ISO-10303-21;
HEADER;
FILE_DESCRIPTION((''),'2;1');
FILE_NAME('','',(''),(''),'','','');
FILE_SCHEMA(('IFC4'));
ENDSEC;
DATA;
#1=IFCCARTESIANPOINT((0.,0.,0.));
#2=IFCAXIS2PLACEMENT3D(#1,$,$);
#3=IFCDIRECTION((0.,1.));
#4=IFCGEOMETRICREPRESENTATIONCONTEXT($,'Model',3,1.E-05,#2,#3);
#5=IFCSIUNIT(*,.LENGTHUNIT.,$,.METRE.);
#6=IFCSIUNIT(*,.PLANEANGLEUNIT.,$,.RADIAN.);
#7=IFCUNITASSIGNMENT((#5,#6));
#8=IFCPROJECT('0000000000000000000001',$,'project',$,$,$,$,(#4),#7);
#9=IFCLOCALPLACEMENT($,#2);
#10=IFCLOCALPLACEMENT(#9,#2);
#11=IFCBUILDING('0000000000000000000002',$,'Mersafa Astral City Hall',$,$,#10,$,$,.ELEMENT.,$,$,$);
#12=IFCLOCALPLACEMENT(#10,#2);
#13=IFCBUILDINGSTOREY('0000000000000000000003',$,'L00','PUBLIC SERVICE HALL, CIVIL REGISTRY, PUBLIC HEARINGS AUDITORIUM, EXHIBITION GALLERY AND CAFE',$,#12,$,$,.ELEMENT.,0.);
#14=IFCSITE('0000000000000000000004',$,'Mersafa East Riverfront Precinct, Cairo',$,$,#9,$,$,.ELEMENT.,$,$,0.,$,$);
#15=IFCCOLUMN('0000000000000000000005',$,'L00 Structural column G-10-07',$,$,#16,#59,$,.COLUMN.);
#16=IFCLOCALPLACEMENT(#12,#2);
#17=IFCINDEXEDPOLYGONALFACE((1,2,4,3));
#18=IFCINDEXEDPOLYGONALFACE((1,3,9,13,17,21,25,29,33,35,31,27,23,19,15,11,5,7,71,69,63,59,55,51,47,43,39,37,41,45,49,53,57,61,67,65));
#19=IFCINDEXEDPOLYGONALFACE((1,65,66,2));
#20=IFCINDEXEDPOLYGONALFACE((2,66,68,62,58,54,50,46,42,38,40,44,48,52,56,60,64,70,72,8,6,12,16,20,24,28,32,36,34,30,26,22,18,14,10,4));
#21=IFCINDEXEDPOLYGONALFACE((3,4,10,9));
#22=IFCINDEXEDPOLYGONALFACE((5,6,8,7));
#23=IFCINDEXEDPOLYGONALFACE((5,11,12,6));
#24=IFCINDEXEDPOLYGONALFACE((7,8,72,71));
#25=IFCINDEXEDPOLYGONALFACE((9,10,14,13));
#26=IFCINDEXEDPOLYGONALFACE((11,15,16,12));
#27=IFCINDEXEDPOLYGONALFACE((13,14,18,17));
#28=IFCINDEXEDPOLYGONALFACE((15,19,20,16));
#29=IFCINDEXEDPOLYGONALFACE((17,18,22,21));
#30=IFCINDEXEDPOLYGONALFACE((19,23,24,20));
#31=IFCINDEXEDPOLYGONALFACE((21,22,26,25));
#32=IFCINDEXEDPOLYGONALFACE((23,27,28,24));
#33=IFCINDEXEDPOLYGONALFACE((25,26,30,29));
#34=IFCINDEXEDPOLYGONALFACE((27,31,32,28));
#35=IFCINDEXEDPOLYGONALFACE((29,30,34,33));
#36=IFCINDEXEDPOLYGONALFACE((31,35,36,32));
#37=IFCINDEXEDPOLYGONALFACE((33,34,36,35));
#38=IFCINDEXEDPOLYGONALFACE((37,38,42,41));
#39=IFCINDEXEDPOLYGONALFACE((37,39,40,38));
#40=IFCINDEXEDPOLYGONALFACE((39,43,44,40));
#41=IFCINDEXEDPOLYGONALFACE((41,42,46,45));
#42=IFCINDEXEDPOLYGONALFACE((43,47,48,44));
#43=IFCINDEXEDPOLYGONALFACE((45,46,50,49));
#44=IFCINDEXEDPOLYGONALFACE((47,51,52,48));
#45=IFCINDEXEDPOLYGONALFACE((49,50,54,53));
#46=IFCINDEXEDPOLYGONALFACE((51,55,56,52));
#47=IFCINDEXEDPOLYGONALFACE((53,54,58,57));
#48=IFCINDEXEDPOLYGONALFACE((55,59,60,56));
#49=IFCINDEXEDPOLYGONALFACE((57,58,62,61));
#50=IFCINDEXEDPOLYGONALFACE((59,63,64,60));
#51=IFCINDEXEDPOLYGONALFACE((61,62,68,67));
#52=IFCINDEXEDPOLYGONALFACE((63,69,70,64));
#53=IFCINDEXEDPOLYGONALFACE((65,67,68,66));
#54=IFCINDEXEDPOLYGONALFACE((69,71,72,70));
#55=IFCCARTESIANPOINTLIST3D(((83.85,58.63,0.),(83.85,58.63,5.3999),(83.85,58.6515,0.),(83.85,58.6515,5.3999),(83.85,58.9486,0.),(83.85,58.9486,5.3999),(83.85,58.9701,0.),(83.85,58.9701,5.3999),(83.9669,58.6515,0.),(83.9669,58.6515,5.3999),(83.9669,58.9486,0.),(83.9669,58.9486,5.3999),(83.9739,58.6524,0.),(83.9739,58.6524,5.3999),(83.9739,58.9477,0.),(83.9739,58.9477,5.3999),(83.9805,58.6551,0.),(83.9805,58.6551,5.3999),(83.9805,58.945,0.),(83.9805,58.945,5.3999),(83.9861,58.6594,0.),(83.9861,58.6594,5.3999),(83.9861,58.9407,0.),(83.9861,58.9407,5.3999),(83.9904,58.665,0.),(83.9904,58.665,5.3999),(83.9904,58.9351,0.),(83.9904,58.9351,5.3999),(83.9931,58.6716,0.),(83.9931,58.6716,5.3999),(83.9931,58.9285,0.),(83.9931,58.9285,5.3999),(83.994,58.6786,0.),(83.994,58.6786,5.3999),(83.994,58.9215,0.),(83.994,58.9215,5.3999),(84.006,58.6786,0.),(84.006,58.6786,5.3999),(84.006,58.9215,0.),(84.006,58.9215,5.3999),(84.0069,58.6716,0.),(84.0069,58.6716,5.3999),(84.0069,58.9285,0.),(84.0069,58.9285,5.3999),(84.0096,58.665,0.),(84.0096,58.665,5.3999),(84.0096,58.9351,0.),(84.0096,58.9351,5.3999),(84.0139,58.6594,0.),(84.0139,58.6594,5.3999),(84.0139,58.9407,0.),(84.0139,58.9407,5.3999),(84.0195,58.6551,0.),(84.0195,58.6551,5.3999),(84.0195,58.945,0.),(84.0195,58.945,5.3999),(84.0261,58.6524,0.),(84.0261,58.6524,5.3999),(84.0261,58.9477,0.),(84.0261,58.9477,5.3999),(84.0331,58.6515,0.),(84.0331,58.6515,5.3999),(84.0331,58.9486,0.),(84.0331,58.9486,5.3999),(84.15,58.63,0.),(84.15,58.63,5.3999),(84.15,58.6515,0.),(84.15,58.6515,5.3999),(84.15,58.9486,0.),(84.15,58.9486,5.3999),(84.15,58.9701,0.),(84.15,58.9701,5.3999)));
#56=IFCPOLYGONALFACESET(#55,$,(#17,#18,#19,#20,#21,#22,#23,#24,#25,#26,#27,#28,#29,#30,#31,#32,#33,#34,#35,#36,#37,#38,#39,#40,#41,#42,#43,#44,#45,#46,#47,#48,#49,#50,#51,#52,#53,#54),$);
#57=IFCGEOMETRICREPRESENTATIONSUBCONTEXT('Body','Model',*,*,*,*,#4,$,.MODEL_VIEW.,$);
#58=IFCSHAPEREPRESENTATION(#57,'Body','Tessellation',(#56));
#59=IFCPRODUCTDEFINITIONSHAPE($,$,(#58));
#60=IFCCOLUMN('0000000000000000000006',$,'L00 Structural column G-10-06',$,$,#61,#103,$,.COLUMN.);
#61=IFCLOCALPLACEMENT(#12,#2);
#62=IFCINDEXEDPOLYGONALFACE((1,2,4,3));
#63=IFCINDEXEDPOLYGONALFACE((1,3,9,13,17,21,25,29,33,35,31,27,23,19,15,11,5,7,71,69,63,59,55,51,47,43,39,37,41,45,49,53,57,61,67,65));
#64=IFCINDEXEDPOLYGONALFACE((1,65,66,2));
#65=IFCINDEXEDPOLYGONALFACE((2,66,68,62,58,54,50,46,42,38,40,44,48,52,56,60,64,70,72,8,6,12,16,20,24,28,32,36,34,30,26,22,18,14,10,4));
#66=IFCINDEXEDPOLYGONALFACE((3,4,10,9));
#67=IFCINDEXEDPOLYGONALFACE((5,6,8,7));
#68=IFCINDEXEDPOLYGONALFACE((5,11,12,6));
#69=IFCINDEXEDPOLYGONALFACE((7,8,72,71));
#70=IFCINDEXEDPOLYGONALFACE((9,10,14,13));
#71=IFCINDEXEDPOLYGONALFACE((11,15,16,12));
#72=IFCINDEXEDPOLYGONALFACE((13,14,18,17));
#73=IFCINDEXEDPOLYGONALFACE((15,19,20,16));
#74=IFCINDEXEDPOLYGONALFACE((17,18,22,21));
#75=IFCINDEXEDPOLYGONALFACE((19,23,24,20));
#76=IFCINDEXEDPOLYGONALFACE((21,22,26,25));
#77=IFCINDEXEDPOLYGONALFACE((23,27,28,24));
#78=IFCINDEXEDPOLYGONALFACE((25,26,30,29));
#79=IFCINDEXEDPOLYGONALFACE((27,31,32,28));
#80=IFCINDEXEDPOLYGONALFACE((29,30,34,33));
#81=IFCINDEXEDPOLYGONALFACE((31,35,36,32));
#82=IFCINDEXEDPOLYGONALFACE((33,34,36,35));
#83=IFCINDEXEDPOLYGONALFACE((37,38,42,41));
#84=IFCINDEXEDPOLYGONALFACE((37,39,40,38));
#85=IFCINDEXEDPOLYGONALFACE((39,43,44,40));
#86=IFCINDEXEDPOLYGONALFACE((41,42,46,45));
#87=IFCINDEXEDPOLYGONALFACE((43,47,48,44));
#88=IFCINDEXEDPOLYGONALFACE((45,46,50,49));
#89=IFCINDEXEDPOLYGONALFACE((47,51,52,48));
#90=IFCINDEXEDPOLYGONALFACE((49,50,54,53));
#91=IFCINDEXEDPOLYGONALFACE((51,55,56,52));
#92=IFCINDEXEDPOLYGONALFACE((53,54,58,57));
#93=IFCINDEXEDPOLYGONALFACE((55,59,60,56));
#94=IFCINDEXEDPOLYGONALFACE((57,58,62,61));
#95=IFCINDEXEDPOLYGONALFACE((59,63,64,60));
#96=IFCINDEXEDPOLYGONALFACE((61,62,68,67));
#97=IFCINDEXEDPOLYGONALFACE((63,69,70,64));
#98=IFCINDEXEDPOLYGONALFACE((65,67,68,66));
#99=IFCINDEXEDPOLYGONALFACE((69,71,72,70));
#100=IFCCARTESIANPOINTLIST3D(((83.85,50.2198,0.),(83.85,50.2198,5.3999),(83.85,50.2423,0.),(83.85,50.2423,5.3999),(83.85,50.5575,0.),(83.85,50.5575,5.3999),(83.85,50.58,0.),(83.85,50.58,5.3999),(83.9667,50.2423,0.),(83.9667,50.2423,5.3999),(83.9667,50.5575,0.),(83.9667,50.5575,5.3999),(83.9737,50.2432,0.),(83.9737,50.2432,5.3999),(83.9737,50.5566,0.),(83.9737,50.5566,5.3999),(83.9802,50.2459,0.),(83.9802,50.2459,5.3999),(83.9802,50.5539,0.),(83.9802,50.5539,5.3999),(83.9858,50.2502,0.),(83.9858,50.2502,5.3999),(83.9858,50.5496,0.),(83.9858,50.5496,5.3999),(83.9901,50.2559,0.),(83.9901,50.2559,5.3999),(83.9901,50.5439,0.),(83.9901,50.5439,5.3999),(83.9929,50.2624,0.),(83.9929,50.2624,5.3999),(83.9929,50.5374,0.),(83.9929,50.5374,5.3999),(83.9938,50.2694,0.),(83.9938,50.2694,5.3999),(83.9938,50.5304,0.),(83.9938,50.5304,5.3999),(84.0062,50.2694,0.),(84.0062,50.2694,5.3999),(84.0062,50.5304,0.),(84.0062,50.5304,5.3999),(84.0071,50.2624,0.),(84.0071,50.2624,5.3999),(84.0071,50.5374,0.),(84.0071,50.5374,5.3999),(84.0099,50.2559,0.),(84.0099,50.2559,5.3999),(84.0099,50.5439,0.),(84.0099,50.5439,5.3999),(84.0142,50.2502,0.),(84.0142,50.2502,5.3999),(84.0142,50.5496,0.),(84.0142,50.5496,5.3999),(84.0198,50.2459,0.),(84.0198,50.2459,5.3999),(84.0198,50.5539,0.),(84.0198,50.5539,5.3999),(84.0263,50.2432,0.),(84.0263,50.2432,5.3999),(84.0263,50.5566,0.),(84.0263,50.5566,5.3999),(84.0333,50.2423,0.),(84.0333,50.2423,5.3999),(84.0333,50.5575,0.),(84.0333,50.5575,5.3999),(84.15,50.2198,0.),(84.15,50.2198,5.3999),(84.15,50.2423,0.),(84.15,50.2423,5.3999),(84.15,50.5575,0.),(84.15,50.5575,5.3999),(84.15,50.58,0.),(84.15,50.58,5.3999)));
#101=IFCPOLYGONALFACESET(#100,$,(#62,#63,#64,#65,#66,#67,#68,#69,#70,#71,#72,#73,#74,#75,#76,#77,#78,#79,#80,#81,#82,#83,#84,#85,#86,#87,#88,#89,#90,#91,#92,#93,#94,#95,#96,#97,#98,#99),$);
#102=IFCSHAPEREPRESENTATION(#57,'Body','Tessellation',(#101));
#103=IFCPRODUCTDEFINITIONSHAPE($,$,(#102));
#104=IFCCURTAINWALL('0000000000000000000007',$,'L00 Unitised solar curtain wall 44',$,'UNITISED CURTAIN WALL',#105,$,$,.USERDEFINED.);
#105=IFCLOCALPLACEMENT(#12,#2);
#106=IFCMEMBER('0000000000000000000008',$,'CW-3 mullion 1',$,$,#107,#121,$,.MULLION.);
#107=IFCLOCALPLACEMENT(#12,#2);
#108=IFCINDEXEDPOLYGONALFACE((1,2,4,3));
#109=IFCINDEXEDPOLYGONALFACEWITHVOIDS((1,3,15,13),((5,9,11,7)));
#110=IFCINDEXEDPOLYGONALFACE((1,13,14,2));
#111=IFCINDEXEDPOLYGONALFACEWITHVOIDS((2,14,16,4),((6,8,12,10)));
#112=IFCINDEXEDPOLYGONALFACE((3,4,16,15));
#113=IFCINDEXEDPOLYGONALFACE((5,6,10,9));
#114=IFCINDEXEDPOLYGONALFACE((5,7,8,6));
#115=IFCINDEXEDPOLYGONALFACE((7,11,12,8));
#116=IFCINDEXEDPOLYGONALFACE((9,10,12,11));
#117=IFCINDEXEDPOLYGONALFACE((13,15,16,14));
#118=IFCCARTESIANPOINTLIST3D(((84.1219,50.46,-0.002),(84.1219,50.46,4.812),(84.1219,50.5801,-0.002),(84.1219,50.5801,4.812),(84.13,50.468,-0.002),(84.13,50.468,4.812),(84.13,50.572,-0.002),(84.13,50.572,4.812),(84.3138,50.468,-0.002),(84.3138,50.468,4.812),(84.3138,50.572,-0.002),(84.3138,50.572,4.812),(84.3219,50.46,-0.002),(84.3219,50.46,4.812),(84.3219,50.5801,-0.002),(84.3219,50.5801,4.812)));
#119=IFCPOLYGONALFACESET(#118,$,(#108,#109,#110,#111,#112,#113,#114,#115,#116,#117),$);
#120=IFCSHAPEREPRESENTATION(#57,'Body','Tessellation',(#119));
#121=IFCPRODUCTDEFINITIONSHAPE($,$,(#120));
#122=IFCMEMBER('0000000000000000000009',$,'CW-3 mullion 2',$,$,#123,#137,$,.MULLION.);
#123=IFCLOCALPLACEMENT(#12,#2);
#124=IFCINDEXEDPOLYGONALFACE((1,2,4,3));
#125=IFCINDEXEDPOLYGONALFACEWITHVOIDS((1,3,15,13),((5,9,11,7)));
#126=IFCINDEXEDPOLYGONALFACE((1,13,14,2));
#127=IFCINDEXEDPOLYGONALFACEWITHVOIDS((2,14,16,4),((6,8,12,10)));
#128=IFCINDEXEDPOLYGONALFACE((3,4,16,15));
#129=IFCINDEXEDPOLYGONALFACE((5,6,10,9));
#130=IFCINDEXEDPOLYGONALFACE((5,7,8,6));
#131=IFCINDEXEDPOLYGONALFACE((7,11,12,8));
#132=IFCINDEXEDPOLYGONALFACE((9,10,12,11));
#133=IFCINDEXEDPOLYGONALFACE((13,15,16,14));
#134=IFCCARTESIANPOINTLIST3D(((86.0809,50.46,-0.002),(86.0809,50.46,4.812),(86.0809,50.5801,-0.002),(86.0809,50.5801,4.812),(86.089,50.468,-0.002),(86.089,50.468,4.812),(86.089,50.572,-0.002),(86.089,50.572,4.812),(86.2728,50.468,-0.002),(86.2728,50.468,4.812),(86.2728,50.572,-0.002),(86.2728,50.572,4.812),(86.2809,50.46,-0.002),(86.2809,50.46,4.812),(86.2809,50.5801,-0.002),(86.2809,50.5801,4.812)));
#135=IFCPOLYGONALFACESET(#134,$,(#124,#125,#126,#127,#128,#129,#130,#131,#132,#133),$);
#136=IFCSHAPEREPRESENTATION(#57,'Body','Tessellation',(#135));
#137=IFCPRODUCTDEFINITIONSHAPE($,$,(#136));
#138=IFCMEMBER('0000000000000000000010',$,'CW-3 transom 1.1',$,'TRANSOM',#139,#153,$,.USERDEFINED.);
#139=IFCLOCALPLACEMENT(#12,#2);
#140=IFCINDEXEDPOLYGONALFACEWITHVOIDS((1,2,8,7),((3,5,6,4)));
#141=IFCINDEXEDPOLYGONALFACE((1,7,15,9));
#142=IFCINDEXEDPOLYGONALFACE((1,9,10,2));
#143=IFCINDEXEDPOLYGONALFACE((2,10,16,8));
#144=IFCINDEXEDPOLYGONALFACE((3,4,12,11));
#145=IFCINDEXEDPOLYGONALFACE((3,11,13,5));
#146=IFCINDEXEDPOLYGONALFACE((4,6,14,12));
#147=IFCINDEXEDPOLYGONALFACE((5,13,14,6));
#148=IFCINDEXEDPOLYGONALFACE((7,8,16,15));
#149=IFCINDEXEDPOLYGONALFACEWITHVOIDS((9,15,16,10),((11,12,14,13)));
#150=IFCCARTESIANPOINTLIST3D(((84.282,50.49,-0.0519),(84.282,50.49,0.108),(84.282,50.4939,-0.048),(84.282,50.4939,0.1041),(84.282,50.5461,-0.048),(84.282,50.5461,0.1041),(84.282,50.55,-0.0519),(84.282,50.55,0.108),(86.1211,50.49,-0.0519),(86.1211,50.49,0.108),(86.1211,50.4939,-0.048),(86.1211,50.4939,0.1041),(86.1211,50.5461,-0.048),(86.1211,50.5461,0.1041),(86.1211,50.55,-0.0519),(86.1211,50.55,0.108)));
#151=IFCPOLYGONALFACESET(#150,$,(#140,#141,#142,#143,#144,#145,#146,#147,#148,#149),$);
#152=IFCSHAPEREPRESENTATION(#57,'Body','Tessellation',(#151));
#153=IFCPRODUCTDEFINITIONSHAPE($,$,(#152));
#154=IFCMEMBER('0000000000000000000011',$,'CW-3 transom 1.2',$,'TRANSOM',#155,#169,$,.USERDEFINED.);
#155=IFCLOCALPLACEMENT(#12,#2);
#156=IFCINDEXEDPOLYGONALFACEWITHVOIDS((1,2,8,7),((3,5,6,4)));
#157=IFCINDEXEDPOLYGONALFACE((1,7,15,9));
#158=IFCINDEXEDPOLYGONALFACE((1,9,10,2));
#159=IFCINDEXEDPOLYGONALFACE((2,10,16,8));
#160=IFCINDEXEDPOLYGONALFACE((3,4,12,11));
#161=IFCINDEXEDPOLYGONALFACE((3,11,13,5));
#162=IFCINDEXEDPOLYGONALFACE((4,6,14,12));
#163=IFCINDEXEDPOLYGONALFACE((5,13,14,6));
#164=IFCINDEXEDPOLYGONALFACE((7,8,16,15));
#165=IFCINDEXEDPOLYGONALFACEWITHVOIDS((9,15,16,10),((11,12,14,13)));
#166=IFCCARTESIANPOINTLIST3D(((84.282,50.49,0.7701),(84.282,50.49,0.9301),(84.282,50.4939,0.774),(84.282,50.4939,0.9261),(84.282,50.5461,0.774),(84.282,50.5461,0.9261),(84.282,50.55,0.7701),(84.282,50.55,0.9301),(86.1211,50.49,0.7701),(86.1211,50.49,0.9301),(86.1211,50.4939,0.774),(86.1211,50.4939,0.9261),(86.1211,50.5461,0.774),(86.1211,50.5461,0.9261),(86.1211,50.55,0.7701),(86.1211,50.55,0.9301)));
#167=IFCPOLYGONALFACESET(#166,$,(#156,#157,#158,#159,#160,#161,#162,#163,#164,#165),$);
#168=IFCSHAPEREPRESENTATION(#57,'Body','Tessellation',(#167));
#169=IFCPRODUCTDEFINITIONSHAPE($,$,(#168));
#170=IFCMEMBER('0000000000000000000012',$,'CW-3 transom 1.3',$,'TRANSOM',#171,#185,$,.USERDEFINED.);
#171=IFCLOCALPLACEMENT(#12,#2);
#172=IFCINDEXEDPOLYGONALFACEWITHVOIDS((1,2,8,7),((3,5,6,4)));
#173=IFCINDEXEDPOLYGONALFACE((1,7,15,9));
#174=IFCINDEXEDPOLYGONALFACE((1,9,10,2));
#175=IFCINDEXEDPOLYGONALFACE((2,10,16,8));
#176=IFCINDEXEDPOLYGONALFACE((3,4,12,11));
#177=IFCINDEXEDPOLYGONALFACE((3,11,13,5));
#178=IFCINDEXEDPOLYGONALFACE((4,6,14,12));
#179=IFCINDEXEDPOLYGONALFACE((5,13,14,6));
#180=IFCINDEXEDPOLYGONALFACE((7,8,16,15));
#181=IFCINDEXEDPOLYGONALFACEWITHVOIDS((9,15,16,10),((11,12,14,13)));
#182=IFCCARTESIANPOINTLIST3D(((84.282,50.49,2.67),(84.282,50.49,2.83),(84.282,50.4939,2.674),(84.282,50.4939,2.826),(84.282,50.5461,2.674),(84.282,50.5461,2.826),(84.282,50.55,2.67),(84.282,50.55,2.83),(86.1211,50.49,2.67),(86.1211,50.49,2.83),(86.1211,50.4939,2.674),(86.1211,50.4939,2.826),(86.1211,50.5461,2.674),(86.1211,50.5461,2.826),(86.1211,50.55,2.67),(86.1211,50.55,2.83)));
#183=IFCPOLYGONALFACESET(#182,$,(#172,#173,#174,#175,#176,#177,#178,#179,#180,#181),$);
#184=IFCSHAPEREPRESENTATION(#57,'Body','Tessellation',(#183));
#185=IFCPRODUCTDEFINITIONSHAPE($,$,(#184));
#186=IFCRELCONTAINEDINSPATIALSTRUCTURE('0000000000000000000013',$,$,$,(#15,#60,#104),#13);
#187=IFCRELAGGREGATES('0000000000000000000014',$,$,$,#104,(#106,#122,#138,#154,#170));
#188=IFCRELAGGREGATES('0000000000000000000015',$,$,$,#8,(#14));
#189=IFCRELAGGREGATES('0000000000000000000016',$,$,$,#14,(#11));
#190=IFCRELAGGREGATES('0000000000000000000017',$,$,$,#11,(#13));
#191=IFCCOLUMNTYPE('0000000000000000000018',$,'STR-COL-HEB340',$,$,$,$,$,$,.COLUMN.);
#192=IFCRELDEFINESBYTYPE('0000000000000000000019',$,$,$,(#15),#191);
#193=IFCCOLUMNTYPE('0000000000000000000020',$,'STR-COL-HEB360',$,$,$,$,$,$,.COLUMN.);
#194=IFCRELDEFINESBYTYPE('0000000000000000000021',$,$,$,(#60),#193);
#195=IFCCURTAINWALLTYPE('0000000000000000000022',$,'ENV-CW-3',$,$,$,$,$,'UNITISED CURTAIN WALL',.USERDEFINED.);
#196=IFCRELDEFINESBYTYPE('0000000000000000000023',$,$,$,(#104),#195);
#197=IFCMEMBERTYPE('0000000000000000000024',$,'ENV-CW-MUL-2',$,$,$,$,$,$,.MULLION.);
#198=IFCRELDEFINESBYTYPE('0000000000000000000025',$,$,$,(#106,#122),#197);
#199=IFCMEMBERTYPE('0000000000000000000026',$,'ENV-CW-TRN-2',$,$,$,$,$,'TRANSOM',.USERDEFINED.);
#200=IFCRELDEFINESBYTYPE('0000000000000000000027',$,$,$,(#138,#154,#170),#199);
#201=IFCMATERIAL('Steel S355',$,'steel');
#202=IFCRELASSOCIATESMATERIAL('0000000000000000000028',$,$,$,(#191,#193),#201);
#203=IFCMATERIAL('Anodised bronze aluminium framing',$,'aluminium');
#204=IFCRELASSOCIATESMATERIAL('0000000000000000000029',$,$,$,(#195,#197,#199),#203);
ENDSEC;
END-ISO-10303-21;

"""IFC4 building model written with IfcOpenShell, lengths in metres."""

from ifc_helpers import new_model, si_unit, direction, frame, origin, origin_2d, place, context, subcontext, project, spatial, hollow_rectangle, i_section, extrude, material, material_profile, profile_set, type_object, element, aggregate, save


model = new_model("IFC4")

# Units and contexts
model_context = context("Model", 3, precision=1e-05, world=origin(), true_north=direction((0.0, 1.0)))
body_context = subcontext(model_context, "Body", "Model", "MODEL_VIEW")
ifc_project = project(units=[si_unit("LENGTHUNIT", "METRE"), si_unit("PLANEANGLEUNIT", "RADIAN")], contexts=[model_context])

# Site, building, storey
site_placement = place(None, origin())
site = spatial("IfcSite", under=ifc_project, at=site_placement, Name="Mersafa East Riverfront Precinct, Cairo", CompositionType="ELEMENT", RefElevation=0.0)
building_placement = place(site_placement, origin())
building = spatial("IfcBuilding", under=site, at=building_placement, Name="Mersafa Astral City Hall", CompositionType="ELEMENT")
storey_placement = place(building_placement, origin())
storey = spatial("IfcBuildingStorey", under=building, at=storey_placement, Name="L00", Description="PUBLIC SERVICE HALL, CIVIL REGISTRY, PUBLIC HEARINGS AUDITORIUM, EXHIBITION GALLERY AND CAFE", CompositionType="ELEMENT", Elevation=0.0)

# Columns
ifc_material_1 = material(Name="Steel S355", Category="steel")
ifc_material_profile_1 = material_profile(ifc_material_1, i_section(OverallWidth=0.3, OverallDepth=0.3401, WebThickness=0.012, FlangeThickness=0.0215, FilletRadius=0.0271, at=origin_2d()), Name="HEB 340")
ifc_profile_set_1 = profile_set([ifc_material_profile_1], Name="Steel S355")
column_type_1 = type_object("IfcColumnType", Name="STR-COL-HEB340", PredefinedType="COLUMN", material=ifc_profile_set_1)
column_1_placement = place(storey_placement, frame((84.0, 58.8, 0.0), z_axis=(0.0, 0.0, 1.0), x_axis=(1.0, 0.0, 0.0)))
element("IfcColumn", 1, at=column_1_placement, inside=storey, type_object=column_type_1, Name="L00 Structural column G-10-07", PredefinedType="COLUMN", context=body_context, shape_type="SweptSolid", body=[
    extrude(i_section(OverallWidth=0.3, OverallDepth=0.3401, WebThickness=0.012, FlangeThickness=0.0215, FilletRadius=0.0271, at=origin_2d()), origin(), (0.0, 0.0, 1.0), 5.3999),
])
ifc_material_profile_2 = material_profile(ifc_material_1, i_section(OverallWidth=0.3, OverallDepth=0.3601, WebThickness=0.0125, FlangeThickness=0.0225, FilletRadius=0.0271, at=origin_2d()), Name="HEB 360")
ifc_profile_set_2 = profile_set([ifc_material_profile_2], Name="Steel S355")
column_type_2 = type_object("IfcColumnType", Name="STR-COL-HEB360", PredefinedType="COLUMN", material=ifc_profile_set_2)
column_2_placement = place(storey_placement, frame((84.0, 50.3999, 0.0), z_axis=(0.0, 0.0, 1.0), x_axis=(1.0, 0.0, 0.0)))
element("IfcColumn", 2, at=column_2_placement, inside=storey, type_object=column_type_2, Name="L00 Structural column G-10-06", PredefinedType="COLUMN", context=body_context, shape_type="SweptSolid", body=[
    extrude(i_section(OverallWidth=0.3, OverallDepth=0.3601, WebThickness=0.0125, FlangeThickness=0.0225, FilletRadius=0.0271, at=origin_2d()), origin(), (0.0, 0.0, 1.0), 5.3999),
])

# Curtain wall, members
ifc_material_2 = material(Name="Anodised bronze aluminium framing", Category="aluminium")
curtain_wall_type = type_object("IfcCurtainWallType", Name="ENV-CW-3", ElementType="UNITISED CURTAIN WALL", PredefinedType="USERDEFINED", material=ifc_material_2)
curtain_wall_placement = place(storey_placement, origin())
curtain_wall = element("IfcCurtainWall", 3, at=curtain_wall_placement, inside=storey, type_object=curtain_wall_type, Name="L00 Unitised solar curtain wall 44", ObjectType="UNITISED CURTAIN WALL", PredefinedType="USERDEFINED")
ifc_material_profile_3 = material_profile(ifc_material_2, hollow_rectangle(XDim=0.1201, YDim=0.2, WallThickness=0.0081, at=origin_2d()), Name="RHS 120x200x8")
ifc_profile_set_3 = profile_set([ifc_material_profile_3], Name="Anodised bronze aluminium framing")
member_type_1 = type_object("IfcMemberType", Name="ENV-CW-MUL-2", PredefinedType="MULLION", material=ifc_profile_set_3)
member_1_placement = place(storey_placement, frame((84.2219, 50.52, -0.002), z_axis=(0.0, 0.0, 1.0), x_axis=(0.0, 1.0, 0.0)))
member_1 = element("IfcMember", 4, at=member_1_placement, type_object=member_type_1, Name="CW-3 mullion 1", PredefinedType="MULLION", context=body_context, shape_type="SweptSolid", body=[
    extrude(hollow_rectangle(XDim=0.1201, YDim=0.2, WallThickness=0.0081, at=origin_2d()), origin(), (0.0, 0.0, 1.0), 4.814),
])
member_2_placement = place(storey_placement, frame((86.1809, 50.52, -0.002), z_axis=(0.0, 0.0, 1.0), x_axis=(0.0, 1.0, 0.0)))
member_2 = element("IfcMember", 5, at=member_2_placement, type_object=member_type_1, Name="CW-3 mullion 2", PredefinedType="MULLION", context=body_context, shape_type="SweptSolid", body=[
    extrude(hollow_rectangle(XDim=0.1201, YDim=0.2, WallThickness=0.0081, at=origin_2d()), origin(), (0.0, 0.0, 1.0), 4.814),
])
ifc_material_profile_4 = material_profile(ifc_material_2, hollow_rectangle(XDim=0.0601, YDim=0.1599, WallThickness=0.0039, at=origin_2d()), Name="RHS 60x160x4")
ifc_profile_set_4 = profile_set([ifc_material_profile_4], Name="Anodised bronze aluminium framing")
member_type_2 = type_object("IfcMemberType", Name="ENV-CW-TRN-2", ElementType="TRANSOM", PredefinedType="USERDEFINED", material=ifc_profile_set_4)
member_3_placement = place(storey_placement, frame((84.282, 50.52, 0.0281), z_axis=(1.0, 0.0, 0.0), x_axis=(0.0, 1.0, 0.0)))
member_3 = element("IfcMember", 6, at=member_3_placement, type_object=member_type_2, Name="CW-3 transom 1.1", ObjectType="TRANSOM", PredefinedType="USERDEFINED", context=body_context, shape_type="SweptSolid", body=[
    extrude(hollow_rectangle(XDim=0.0601, YDim=0.1599, WallThickness=0.0039, at=origin_2d()), origin(), (0.0, 0.0, 1.0), 1.8391),
])
member_4_placement = place(storey_placement, frame((84.282, 50.52, 0.8501), z_axis=(1.0, 0.0, 0.0), x_axis=(0.0, 1.0, 0.0)))
member_4 = element("IfcMember", 7, at=member_4_placement, type_object=member_type_2, Name="CW-3 transom 1.2", ObjectType="TRANSOM", PredefinedType="USERDEFINED", context=body_context, shape_type="SweptSolid", body=[
    extrude(hollow_rectangle(XDim=0.0601, YDim=0.1599, WallThickness=0.0039, at=origin_2d()), origin(), (0.0, 0.0, 1.0), 1.8391),
])
member_5_placement = place(storey_placement, frame((84.282, 50.52, 2.75), z_axis=(1.0, 0.0, 0.0), x_axis=(0.0, 1.0, 0.0)))
member_5 = element("IfcMember", 8, at=member_5_placement, type_object=member_type_2, Name="CW-3 transom 1.3", ObjectType="TRANSOM", PredefinedType="USERDEFINED", context=body_context, shape_type="SweptSolid", body=[
    extrude(hollow_rectangle(XDim=0.0601, YDim=0.1599, WallThickness=0.0039, at=origin_2d()), origin(), (0.0, 0.0, 1.0), 1.8391),
])

aggregate(curtain_wall, [member_1, member_2, member_3, member_4, member_5])

save(model, "model.ifc")
